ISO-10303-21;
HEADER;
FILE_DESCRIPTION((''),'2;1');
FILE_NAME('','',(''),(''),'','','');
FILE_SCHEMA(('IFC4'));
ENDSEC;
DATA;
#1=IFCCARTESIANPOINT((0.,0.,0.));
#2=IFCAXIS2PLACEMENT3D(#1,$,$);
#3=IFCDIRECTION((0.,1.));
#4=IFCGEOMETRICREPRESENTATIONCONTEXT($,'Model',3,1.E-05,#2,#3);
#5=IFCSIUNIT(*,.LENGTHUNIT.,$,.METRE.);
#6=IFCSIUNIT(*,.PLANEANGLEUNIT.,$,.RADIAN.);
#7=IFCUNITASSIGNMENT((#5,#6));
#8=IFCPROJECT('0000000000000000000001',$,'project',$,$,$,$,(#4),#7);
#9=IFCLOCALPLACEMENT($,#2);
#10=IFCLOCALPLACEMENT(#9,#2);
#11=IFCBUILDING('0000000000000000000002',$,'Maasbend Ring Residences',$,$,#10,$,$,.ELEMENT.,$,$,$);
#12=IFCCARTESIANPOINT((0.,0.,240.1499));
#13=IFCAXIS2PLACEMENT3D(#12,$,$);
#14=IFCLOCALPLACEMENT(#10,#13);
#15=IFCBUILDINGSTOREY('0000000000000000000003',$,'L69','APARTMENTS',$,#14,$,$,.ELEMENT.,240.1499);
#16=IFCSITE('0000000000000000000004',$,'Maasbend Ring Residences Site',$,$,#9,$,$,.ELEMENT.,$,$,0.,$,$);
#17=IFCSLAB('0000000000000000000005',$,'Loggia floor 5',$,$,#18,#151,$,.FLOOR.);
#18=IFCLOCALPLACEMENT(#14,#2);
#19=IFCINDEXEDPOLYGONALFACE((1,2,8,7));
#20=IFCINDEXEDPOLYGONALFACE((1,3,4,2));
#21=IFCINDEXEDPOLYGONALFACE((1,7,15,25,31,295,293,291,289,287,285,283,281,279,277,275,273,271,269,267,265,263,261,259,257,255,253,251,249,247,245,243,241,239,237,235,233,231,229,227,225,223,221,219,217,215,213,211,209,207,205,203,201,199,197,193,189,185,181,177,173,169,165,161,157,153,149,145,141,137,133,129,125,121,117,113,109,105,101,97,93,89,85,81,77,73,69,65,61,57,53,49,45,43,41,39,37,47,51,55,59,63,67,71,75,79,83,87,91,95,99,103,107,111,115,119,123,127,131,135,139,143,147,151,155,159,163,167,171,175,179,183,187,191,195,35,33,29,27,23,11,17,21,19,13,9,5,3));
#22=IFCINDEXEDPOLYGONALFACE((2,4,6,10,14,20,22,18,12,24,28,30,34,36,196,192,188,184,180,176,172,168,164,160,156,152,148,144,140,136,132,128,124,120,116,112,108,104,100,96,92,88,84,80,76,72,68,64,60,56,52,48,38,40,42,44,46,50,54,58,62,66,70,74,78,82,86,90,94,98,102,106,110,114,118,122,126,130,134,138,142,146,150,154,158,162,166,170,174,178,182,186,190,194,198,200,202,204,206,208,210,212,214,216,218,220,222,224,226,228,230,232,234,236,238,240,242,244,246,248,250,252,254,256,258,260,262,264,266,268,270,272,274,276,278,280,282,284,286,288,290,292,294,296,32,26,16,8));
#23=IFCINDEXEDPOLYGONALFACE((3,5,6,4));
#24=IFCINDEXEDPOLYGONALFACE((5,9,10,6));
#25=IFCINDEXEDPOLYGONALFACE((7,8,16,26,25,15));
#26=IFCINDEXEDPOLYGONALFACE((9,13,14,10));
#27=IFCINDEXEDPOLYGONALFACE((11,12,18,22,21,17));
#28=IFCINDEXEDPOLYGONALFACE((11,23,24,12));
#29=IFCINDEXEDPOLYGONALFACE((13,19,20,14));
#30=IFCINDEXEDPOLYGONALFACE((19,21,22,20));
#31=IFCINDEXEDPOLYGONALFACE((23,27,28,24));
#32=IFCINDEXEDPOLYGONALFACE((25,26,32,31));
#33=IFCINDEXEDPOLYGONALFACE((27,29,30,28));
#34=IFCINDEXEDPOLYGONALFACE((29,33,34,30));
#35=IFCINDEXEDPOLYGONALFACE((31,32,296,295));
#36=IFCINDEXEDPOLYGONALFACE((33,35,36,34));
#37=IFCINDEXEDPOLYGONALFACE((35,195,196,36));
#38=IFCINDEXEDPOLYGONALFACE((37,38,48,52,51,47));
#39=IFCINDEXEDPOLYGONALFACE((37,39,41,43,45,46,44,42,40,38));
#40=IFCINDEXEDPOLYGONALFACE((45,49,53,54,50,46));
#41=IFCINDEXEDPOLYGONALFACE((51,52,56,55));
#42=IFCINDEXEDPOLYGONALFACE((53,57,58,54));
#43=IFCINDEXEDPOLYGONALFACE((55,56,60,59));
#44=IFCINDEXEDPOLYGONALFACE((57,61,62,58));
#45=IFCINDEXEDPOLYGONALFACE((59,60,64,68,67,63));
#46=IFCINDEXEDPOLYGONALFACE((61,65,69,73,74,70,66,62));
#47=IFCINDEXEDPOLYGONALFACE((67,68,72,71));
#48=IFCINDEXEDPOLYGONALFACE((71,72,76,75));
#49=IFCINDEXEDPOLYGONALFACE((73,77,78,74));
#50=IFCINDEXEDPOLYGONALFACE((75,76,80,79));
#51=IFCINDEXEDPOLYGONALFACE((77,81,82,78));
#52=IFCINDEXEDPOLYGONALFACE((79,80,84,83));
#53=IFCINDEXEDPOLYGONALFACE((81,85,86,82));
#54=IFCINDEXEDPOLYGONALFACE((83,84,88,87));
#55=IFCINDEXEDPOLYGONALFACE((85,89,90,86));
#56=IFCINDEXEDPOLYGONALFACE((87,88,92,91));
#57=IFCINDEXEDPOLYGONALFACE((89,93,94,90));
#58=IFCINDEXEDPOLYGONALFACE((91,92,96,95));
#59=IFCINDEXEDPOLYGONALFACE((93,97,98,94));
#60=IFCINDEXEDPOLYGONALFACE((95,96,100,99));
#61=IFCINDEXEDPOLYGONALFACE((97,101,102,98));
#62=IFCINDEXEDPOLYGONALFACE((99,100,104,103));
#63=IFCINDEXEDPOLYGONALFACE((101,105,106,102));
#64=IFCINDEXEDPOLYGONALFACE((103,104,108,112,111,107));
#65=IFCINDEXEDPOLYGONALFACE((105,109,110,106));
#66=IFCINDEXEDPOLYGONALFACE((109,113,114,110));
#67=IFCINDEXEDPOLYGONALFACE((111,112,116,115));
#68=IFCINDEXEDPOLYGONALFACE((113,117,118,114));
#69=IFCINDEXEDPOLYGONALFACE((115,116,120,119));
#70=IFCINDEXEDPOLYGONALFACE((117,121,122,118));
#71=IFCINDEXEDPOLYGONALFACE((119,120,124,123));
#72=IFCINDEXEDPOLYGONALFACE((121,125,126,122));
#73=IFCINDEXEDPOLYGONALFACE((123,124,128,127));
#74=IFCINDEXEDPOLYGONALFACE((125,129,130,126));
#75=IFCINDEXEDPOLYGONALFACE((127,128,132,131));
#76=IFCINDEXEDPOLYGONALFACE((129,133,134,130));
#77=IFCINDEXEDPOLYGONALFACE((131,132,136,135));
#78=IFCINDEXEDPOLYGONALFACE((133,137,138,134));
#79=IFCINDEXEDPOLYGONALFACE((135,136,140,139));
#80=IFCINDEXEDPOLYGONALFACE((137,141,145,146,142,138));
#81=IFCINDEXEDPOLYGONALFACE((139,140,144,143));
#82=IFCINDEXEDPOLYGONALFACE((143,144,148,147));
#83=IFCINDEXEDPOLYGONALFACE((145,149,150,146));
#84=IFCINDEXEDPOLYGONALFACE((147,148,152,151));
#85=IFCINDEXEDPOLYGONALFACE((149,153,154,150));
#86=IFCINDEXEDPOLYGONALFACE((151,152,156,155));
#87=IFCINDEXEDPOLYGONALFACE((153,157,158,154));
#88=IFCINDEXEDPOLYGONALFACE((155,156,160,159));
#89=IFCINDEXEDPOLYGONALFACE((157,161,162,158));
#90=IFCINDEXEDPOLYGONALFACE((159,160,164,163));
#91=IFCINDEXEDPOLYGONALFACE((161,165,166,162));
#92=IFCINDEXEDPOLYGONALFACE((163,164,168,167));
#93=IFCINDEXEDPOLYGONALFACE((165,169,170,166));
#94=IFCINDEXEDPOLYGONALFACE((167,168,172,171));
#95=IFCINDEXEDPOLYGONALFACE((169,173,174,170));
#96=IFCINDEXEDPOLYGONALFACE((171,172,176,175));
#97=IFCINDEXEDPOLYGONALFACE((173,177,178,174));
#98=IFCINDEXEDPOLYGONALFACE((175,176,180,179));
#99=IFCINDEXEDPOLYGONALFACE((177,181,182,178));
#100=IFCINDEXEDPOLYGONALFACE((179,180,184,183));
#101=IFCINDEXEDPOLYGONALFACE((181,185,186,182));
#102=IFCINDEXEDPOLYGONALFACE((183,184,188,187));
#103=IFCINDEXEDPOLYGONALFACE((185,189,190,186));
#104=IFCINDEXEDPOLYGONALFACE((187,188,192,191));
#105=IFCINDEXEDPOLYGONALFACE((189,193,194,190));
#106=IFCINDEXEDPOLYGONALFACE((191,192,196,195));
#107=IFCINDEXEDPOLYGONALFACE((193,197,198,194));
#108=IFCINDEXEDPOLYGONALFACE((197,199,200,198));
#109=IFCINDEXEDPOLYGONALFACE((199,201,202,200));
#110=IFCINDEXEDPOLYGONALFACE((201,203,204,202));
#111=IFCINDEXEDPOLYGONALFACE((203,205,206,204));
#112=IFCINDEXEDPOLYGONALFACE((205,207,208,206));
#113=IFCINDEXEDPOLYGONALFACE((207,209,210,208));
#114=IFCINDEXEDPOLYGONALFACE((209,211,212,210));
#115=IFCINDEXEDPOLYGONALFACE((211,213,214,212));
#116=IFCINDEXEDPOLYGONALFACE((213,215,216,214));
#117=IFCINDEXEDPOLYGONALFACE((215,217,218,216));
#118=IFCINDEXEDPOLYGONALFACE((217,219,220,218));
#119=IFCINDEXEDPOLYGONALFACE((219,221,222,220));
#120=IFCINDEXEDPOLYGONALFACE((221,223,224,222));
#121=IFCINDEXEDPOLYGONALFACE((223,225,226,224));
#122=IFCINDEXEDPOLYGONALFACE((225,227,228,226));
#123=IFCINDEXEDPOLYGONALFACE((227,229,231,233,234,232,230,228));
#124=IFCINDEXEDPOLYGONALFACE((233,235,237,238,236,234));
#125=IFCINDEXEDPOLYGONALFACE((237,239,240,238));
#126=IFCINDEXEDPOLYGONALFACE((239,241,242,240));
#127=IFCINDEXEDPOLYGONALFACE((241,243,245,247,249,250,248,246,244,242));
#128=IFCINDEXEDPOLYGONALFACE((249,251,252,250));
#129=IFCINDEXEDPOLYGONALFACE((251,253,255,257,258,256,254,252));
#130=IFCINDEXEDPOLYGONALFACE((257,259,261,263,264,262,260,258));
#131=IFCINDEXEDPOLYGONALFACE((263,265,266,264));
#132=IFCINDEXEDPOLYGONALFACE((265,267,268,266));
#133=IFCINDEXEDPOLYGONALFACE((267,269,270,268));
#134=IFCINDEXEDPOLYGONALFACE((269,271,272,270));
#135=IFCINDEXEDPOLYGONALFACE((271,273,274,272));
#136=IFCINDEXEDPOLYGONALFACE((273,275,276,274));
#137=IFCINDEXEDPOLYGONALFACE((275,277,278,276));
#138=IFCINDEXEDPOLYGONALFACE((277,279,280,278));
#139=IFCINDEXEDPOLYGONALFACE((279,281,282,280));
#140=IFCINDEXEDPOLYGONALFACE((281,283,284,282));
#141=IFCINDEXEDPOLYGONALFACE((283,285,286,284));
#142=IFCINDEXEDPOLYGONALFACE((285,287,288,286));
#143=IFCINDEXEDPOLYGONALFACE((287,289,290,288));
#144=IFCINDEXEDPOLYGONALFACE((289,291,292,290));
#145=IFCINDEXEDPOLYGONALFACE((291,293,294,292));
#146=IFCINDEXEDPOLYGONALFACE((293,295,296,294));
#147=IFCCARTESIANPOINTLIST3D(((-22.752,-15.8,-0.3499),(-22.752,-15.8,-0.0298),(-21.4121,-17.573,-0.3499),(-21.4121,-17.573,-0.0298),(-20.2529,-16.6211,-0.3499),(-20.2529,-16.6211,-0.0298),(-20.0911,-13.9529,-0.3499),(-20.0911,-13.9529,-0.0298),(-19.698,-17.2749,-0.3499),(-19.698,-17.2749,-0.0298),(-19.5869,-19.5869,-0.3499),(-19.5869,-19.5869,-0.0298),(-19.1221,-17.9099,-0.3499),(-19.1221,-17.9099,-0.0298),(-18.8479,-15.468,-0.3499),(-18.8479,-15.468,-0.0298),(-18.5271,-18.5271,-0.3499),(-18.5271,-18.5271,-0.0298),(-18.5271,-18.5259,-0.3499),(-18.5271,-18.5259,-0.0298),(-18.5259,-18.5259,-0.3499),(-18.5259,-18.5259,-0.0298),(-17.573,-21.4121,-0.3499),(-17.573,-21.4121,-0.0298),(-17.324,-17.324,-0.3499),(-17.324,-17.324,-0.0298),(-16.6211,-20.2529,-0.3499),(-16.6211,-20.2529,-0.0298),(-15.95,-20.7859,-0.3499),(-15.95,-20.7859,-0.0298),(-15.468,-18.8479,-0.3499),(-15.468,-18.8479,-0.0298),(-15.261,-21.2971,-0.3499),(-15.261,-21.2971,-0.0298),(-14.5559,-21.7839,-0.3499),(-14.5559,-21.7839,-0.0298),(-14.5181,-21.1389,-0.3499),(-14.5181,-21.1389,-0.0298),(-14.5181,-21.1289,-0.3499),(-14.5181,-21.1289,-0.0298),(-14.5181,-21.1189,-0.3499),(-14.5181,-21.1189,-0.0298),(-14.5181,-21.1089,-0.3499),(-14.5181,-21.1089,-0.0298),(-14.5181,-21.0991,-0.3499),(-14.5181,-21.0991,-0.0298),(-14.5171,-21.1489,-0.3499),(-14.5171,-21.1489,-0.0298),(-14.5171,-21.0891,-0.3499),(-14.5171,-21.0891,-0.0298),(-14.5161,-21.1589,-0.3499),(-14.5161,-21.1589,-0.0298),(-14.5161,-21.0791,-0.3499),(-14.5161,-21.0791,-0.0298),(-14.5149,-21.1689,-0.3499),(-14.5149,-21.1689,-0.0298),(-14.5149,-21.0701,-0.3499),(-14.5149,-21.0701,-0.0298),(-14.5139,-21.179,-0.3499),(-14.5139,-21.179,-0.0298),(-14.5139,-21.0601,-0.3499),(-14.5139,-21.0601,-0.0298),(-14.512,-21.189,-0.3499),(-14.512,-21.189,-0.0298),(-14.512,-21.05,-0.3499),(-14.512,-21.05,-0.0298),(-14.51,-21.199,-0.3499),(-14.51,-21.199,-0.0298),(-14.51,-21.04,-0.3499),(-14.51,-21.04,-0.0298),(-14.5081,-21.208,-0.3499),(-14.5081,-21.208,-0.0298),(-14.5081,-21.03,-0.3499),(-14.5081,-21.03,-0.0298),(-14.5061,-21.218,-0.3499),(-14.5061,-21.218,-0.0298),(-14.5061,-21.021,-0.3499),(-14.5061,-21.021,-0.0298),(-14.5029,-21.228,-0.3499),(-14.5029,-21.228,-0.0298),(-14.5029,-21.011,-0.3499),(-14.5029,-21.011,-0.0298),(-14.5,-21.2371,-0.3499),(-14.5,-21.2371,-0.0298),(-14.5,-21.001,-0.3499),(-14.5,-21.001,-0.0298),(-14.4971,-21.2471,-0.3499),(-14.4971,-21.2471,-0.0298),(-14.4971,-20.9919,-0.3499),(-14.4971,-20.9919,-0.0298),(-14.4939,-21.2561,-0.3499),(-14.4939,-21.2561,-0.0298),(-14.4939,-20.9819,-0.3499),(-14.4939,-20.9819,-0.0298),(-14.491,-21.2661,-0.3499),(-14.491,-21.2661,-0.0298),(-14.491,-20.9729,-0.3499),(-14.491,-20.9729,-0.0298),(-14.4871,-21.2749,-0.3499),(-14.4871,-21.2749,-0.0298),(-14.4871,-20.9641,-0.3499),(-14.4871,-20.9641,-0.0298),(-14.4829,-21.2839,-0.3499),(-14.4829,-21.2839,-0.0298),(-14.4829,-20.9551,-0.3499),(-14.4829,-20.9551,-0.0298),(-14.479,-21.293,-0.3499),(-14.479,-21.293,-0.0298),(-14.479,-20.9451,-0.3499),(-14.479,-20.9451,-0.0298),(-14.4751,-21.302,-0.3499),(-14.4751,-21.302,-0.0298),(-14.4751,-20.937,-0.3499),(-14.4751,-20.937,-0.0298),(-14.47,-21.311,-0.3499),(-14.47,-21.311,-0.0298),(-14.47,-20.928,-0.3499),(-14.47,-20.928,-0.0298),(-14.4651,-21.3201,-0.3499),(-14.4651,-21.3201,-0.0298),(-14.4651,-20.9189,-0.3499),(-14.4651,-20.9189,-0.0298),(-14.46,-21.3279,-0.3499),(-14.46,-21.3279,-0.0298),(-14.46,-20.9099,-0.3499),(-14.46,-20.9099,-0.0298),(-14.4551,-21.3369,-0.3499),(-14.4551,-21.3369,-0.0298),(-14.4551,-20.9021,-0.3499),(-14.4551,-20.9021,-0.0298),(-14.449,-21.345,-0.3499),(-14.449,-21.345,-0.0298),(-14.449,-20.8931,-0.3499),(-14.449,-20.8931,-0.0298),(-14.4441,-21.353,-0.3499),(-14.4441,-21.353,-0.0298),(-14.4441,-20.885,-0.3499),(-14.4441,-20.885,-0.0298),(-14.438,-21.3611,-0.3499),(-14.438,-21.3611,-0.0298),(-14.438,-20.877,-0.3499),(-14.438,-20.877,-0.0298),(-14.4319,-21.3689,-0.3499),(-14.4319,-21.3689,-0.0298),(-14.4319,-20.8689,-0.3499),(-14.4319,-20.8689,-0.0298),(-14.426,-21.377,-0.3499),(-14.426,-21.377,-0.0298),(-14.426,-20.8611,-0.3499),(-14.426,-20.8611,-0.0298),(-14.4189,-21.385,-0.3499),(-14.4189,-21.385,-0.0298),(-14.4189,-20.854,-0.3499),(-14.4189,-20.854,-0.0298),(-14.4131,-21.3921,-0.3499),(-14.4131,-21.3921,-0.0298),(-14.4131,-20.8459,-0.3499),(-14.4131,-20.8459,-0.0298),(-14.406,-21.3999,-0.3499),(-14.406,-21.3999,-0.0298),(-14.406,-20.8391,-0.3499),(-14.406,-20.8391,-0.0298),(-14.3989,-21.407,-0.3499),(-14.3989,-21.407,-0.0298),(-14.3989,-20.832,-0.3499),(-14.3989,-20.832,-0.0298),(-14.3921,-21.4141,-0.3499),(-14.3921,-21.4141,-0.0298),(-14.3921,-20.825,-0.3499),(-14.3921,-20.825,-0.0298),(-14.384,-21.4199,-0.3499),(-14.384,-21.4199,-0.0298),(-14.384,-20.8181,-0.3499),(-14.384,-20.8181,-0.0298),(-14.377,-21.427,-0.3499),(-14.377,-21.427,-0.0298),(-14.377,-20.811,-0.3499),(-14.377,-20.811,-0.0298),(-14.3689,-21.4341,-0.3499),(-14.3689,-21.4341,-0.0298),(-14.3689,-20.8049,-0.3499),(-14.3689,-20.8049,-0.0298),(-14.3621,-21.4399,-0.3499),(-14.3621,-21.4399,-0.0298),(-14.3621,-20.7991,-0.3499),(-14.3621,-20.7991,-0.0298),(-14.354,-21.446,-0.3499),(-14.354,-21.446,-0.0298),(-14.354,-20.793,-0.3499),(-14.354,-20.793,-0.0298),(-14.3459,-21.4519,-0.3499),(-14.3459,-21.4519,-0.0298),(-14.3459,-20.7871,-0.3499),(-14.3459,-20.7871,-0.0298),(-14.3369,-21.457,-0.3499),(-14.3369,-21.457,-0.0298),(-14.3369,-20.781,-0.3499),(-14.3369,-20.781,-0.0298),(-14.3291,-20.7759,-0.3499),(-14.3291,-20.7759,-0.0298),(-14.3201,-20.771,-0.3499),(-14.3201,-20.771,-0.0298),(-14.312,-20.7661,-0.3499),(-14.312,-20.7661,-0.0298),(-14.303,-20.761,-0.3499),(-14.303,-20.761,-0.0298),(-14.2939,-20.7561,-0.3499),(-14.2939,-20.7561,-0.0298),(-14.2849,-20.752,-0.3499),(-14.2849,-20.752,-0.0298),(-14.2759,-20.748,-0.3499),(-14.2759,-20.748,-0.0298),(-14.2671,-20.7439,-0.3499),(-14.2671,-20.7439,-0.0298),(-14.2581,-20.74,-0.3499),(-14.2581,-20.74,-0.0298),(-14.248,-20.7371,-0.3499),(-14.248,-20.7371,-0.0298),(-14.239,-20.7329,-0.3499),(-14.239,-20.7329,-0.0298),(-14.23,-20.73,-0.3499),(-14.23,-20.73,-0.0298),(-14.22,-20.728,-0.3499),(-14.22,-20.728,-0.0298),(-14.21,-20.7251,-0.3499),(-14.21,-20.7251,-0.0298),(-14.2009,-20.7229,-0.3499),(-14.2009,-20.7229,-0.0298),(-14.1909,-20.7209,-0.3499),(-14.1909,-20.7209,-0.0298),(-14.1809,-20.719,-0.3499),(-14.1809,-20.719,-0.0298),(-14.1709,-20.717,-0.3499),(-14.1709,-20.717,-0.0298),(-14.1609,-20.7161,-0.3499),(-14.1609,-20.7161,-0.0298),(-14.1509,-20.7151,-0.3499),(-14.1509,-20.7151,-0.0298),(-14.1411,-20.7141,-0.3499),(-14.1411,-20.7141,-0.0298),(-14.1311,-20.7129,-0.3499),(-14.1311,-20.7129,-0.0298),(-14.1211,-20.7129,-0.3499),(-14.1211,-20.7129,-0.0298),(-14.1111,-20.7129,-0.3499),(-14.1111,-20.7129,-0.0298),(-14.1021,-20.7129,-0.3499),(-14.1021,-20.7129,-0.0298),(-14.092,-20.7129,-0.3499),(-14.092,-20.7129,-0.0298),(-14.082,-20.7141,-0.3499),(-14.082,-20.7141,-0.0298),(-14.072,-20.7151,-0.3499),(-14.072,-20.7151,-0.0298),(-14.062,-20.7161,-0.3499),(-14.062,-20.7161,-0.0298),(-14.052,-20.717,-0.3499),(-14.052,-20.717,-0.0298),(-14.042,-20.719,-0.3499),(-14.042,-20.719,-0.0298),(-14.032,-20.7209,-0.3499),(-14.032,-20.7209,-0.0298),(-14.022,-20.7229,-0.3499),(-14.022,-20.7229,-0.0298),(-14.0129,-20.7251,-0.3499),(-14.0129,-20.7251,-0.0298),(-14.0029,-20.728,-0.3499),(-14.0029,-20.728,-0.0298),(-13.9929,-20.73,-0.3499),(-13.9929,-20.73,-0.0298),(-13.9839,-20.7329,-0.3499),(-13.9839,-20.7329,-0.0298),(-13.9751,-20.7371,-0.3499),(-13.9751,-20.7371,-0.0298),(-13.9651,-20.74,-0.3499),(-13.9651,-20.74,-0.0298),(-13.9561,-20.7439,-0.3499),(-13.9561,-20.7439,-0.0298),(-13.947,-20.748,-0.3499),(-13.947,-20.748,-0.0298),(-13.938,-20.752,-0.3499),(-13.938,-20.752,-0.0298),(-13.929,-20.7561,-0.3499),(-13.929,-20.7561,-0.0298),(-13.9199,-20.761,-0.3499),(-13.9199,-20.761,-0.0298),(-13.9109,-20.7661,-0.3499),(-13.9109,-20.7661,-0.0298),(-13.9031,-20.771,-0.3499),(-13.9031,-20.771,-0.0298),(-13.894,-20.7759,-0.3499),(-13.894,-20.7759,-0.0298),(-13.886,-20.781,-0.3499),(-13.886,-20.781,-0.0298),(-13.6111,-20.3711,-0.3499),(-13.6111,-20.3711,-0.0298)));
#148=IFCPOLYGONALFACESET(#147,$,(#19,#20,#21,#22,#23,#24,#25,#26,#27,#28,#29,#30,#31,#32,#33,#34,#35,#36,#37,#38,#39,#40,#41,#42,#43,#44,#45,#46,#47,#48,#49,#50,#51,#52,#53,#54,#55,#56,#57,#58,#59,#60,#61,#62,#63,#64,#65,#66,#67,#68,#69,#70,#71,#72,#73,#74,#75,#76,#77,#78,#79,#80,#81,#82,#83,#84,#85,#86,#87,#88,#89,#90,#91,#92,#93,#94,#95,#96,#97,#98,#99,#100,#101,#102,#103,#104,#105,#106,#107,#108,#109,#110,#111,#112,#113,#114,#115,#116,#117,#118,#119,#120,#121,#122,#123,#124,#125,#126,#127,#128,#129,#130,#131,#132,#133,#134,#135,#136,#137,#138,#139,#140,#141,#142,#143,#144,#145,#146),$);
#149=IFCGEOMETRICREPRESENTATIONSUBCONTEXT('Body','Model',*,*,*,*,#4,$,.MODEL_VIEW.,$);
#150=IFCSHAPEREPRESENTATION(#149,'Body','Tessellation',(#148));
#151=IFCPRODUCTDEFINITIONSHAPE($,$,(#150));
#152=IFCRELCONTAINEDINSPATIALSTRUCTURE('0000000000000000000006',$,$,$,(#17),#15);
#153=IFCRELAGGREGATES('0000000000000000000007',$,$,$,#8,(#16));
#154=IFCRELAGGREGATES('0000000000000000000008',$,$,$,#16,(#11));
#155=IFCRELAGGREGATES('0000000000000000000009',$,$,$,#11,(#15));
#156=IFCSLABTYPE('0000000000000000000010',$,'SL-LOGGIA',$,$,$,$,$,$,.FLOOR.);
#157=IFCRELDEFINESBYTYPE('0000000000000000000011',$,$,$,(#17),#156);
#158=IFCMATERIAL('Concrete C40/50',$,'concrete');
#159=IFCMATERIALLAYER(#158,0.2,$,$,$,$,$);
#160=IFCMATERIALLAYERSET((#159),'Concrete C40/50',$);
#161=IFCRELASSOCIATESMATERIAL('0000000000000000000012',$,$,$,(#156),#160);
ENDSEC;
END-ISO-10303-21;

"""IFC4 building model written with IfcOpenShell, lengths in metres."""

from ifc_helpers import new_model, si_unit, direction, frame, origin, place, context, subcontext, project, spatial, polyline, outline, extrude, material, layer, layer_set, type_object, element, save


model = new_model("IFC4")

# Units and contexts
model_context = context("Model", 3, precision=1e-05, world=origin(), true_north=direction((0.0, 1.0)))
body_context = subcontext(model_context, "Body", "Model", "MODEL_VIEW")
ifc_project = project(units=[si_unit("LENGTHUNIT", "METRE"), si_unit("PLANEANGLEUNIT", "RADIAN")], contexts=[model_context])

# Site, building, storey
site_placement = place(None, origin())
site = spatial("IfcSite", under=ifc_project, at=site_placement, Name="Maasbend Ring Residences Site", CompositionType="ELEMENT", RefElevation=0.0)
building_placement = place(site_placement, origin())
building = spatial("IfcBuilding", under=site, at=building_placement, Name="Maasbend Ring Residences", CompositionType="ELEMENT")
storey_placement = place(building_placement, frame((0.0, 0.0, 240.1499)))
storey = spatial("IfcBuildingStorey", under=building, at=storey_placement, Name="L69", Description="APARTMENTS", CompositionType="ELEMENT", Elevation=240.1499)

# Slab
ifc_material_1 = material(Name="Concrete C40/50", Category="concrete")
ifc_layer_1 = layer(ifc_material_1, 0.2)
ifc_layer_set_1 = layer_set([ifc_layer_1], Name="Concrete C40/50")
slab_type = type_object("IfcSlabType", Name="SL-LOGGIA", PredefinedType="FLOOR", material=ifc_layer_set_1)
slab_1_placement = place(storey_placement, frame((0.0, 0.0, -0.3499)))
element("IfcSlab", 1, at=slab_1_placement, inside=storey, type_object=slab_type, Name="Loggia floor 5", PredefinedType="FLOOR", context=body_context, shape_type="SweptSolid", body=[
    extrude(outline(polyline([(-18.8479, -15.468), (-17.324, -17.324), (-17.324, -17.324), (-17.324, -17.324), (-15.468, -18.8479), (-13.6111, -20.3711), (-13.886, -20.781), (-13.894, -20.7759), (-13.9031, -20.771), (-13.9109, -20.7661), (-13.9199, -20.761), (-13.929, -20.7561), (-13.938, -20.752), (-13.947, -20.748), (-13.9561, -20.7439), (-13.9651, -20.74), (-13.9751, -20.7371), (-13.9839, -20.7329), (-13.9929, -20.73), (-14.0029, -20.728), (-14.0129, -20.7251), (-14.022, -20.7229), (-14.032, -20.7209), (-14.042, -20.719), (-14.052, -20.717), (-14.062, -20.7161), (-14.072, -20.7151), (-14.082, -20.7141), (-14.092, -20.7129), (-14.1021, -20.7129), (-14.1111, -20.7129), (-14.1211, -20.7129), (-14.1311, -20.7129), (-14.1411, -20.7141), (-14.1509, -20.7151), (-14.1609, -20.7161), (-14.1709, -20.717), (-14.1809, -20.719), (-14.1909, -20.7209), (-14.2009, -20.7229), (-14.21, -20.7251), (-14.22, -20.728), (-14.23, -20.73), (-14.239, -20.7329), (-14.248, -20.7371), (-14.2581, -20.74), (-14.2671, -20.7439), (-14.2759, -20.748), (-14.2849, -20.752), (-14.2939, -20.7561), (-14.303, -20.761), (-14.312, -20.7661), (-14.3201, -20.771), (-14.3291, -20.7759), (-14.3369, -20.781), (-14.3459, -20.7871), (-14.354, -20.793), (-14.3621, -20.7991), (-14.3689, -20.8049), (-14.377, -20.811), (-14.384, -20.8181), (-14.3921, -20.825), (-14.3989, -20.832), (-14.406, -20.8391), (-14.4131, -20.8459), (-14.4189, -20.854), (-14.426, -20.8611), (-14.4319, -20.8689), (-14.438, -20.877), (-14.4441, -20.885), (-14.449, -20.8931), (-14.4551, -20.9021), (-14.46, -20.9099), (-14.4651, -20.9189), (-14.47, -20.928), (-14.4751, -20.937), (-14.479, -20.9451), (-14.4829, -20.9551), (-14.4871, -20.9641), (-14.491, -20.9729), (-14.4939, -20.9819), (-14.4971, -20.9919), (-14.5, -21.001), (-14.5029, -21.011), (-14.5061, -21.021), (-14.5081, -21.03), (-14.51, -21.04), (-14.512, -21.05), (-14.5139, -21.0601), (-14.5149, -21.0701), (-14.5161, -21.0791), (-14.5171, -21.0891), (-14.5181, -21.0991), (-14.5181, -21.1089), (-14.5181, -21.1189), (-14.5181, -21.1289), (-14.5181, -21.1389), (-14.5171, -21.1489), (-14.5161, -21.1589), (-14.5149, -21.1689), (-14.5139, -21.179), (-14.512, -21.189), (-14.51, -21.199), (-14.5081, -21.208), (-14.5061, -21.218), (-14.5029, -21.228), (-14.5, -21.2371), (-14.4971, -21.2471), (-14.4939, -21.2561), (-14.491, -21.2661), (-14.4871, -21.2749), (-14.4829, -21.2839), (-14.479, -21.293), (-14.4751, -21.302), (-14.47, -21.311), (-14.4651, -21.3201), (-14.46, -21.3279), (-14.4551, -21.3369), (-14.449, -21.345), (-14.4441, -21.353), (-14.438, -21.3611), (-14.4319, -21.3689), (-14.426, -21.377), (-14.4189, -21.385), (-14.4131, -21.3921), (-14.406, -21.3999), (-14.3989, -21.407), (-14.3921, -21.4141), (-14.384, -21.4199), (-14.377, -21.427), (-14.3689, -21.4341), (-14.3621, -21.4399), (-14.354, -21.446), (-14.3459, -21.4519), (-14.3369, -21.457), (-14.5559, -21.7839), (-15.261, -21.2971), (-15.95, -20.7859), (-16.6211, -20.2529), (-16.6211, -20.2529), (-16.6211, -20.2529), (-16.6211, -20.2529), (-16.6211, -20.2529), (-16.6211, -20.2529), (-16.6211, -20.2529), (-16.6211, -20.2529), (-16.6211, -20.2529), (-16.6211, -20.2529), (-16.6211, -20.2529), (-16.6211, -20.2529), (-16.6211, -20.2529), (-16.6211, -20.2529), (-16.6211, -20.2529), (-16.6211, -20.2529), (-16.6211, -20.2529), (-17.573, -21.4121), (-19.5869, -19.5869), (-18.5271, -18.5271), (-18.5271, -18.5271), (-18.5259, -18.5259), (-18.5259, -18.5259), (-18.5259, -18.5259), (-18.5259, -18.5259), (-18.5259, -18.5259), (-18.5259, -18.5259), (-18.5259, -18.5259), (-18.5259, -18.5259), (-18.5259, -18.5259), (-18.5259, -18.5259), (-18.5259, -18.5259), (-18.5259, -18.5259), (-18.5259, -18.5259), (-18.5271, -18.5259), (-18.5271, -18.5259), (-19.1221, -17.9099), (-19.698, -17.2749), (-20.2529, -16.6211), (-20.2529, -16.6211), (-20.2529, -16.6211), (-20.2529, -16.6211), (-20.2529, -16.6211), (-20.2529, -16.6211), (-20.2529, -16.6211), (-20.2529, -16.6211), (-20.2529, -16.6211), (-20.2529, -16.6211), (-20.2529, -16.6211), (-20.2529, -16.6211), (-20.2529, -16.6211), (-20.2529, -16.6211), (-20.2529, -16.6211), (-20.2529, -16.6211), (-20.2529, -16.6211), (-21.4121, -17.573), (-22.752, -15.8), (-20.0911, -13.9529), (-18.8479, -15.468)])), origin(), (0.0, 0.0, 1.0), 0.3201),
])

save(model, "model.ifc")
